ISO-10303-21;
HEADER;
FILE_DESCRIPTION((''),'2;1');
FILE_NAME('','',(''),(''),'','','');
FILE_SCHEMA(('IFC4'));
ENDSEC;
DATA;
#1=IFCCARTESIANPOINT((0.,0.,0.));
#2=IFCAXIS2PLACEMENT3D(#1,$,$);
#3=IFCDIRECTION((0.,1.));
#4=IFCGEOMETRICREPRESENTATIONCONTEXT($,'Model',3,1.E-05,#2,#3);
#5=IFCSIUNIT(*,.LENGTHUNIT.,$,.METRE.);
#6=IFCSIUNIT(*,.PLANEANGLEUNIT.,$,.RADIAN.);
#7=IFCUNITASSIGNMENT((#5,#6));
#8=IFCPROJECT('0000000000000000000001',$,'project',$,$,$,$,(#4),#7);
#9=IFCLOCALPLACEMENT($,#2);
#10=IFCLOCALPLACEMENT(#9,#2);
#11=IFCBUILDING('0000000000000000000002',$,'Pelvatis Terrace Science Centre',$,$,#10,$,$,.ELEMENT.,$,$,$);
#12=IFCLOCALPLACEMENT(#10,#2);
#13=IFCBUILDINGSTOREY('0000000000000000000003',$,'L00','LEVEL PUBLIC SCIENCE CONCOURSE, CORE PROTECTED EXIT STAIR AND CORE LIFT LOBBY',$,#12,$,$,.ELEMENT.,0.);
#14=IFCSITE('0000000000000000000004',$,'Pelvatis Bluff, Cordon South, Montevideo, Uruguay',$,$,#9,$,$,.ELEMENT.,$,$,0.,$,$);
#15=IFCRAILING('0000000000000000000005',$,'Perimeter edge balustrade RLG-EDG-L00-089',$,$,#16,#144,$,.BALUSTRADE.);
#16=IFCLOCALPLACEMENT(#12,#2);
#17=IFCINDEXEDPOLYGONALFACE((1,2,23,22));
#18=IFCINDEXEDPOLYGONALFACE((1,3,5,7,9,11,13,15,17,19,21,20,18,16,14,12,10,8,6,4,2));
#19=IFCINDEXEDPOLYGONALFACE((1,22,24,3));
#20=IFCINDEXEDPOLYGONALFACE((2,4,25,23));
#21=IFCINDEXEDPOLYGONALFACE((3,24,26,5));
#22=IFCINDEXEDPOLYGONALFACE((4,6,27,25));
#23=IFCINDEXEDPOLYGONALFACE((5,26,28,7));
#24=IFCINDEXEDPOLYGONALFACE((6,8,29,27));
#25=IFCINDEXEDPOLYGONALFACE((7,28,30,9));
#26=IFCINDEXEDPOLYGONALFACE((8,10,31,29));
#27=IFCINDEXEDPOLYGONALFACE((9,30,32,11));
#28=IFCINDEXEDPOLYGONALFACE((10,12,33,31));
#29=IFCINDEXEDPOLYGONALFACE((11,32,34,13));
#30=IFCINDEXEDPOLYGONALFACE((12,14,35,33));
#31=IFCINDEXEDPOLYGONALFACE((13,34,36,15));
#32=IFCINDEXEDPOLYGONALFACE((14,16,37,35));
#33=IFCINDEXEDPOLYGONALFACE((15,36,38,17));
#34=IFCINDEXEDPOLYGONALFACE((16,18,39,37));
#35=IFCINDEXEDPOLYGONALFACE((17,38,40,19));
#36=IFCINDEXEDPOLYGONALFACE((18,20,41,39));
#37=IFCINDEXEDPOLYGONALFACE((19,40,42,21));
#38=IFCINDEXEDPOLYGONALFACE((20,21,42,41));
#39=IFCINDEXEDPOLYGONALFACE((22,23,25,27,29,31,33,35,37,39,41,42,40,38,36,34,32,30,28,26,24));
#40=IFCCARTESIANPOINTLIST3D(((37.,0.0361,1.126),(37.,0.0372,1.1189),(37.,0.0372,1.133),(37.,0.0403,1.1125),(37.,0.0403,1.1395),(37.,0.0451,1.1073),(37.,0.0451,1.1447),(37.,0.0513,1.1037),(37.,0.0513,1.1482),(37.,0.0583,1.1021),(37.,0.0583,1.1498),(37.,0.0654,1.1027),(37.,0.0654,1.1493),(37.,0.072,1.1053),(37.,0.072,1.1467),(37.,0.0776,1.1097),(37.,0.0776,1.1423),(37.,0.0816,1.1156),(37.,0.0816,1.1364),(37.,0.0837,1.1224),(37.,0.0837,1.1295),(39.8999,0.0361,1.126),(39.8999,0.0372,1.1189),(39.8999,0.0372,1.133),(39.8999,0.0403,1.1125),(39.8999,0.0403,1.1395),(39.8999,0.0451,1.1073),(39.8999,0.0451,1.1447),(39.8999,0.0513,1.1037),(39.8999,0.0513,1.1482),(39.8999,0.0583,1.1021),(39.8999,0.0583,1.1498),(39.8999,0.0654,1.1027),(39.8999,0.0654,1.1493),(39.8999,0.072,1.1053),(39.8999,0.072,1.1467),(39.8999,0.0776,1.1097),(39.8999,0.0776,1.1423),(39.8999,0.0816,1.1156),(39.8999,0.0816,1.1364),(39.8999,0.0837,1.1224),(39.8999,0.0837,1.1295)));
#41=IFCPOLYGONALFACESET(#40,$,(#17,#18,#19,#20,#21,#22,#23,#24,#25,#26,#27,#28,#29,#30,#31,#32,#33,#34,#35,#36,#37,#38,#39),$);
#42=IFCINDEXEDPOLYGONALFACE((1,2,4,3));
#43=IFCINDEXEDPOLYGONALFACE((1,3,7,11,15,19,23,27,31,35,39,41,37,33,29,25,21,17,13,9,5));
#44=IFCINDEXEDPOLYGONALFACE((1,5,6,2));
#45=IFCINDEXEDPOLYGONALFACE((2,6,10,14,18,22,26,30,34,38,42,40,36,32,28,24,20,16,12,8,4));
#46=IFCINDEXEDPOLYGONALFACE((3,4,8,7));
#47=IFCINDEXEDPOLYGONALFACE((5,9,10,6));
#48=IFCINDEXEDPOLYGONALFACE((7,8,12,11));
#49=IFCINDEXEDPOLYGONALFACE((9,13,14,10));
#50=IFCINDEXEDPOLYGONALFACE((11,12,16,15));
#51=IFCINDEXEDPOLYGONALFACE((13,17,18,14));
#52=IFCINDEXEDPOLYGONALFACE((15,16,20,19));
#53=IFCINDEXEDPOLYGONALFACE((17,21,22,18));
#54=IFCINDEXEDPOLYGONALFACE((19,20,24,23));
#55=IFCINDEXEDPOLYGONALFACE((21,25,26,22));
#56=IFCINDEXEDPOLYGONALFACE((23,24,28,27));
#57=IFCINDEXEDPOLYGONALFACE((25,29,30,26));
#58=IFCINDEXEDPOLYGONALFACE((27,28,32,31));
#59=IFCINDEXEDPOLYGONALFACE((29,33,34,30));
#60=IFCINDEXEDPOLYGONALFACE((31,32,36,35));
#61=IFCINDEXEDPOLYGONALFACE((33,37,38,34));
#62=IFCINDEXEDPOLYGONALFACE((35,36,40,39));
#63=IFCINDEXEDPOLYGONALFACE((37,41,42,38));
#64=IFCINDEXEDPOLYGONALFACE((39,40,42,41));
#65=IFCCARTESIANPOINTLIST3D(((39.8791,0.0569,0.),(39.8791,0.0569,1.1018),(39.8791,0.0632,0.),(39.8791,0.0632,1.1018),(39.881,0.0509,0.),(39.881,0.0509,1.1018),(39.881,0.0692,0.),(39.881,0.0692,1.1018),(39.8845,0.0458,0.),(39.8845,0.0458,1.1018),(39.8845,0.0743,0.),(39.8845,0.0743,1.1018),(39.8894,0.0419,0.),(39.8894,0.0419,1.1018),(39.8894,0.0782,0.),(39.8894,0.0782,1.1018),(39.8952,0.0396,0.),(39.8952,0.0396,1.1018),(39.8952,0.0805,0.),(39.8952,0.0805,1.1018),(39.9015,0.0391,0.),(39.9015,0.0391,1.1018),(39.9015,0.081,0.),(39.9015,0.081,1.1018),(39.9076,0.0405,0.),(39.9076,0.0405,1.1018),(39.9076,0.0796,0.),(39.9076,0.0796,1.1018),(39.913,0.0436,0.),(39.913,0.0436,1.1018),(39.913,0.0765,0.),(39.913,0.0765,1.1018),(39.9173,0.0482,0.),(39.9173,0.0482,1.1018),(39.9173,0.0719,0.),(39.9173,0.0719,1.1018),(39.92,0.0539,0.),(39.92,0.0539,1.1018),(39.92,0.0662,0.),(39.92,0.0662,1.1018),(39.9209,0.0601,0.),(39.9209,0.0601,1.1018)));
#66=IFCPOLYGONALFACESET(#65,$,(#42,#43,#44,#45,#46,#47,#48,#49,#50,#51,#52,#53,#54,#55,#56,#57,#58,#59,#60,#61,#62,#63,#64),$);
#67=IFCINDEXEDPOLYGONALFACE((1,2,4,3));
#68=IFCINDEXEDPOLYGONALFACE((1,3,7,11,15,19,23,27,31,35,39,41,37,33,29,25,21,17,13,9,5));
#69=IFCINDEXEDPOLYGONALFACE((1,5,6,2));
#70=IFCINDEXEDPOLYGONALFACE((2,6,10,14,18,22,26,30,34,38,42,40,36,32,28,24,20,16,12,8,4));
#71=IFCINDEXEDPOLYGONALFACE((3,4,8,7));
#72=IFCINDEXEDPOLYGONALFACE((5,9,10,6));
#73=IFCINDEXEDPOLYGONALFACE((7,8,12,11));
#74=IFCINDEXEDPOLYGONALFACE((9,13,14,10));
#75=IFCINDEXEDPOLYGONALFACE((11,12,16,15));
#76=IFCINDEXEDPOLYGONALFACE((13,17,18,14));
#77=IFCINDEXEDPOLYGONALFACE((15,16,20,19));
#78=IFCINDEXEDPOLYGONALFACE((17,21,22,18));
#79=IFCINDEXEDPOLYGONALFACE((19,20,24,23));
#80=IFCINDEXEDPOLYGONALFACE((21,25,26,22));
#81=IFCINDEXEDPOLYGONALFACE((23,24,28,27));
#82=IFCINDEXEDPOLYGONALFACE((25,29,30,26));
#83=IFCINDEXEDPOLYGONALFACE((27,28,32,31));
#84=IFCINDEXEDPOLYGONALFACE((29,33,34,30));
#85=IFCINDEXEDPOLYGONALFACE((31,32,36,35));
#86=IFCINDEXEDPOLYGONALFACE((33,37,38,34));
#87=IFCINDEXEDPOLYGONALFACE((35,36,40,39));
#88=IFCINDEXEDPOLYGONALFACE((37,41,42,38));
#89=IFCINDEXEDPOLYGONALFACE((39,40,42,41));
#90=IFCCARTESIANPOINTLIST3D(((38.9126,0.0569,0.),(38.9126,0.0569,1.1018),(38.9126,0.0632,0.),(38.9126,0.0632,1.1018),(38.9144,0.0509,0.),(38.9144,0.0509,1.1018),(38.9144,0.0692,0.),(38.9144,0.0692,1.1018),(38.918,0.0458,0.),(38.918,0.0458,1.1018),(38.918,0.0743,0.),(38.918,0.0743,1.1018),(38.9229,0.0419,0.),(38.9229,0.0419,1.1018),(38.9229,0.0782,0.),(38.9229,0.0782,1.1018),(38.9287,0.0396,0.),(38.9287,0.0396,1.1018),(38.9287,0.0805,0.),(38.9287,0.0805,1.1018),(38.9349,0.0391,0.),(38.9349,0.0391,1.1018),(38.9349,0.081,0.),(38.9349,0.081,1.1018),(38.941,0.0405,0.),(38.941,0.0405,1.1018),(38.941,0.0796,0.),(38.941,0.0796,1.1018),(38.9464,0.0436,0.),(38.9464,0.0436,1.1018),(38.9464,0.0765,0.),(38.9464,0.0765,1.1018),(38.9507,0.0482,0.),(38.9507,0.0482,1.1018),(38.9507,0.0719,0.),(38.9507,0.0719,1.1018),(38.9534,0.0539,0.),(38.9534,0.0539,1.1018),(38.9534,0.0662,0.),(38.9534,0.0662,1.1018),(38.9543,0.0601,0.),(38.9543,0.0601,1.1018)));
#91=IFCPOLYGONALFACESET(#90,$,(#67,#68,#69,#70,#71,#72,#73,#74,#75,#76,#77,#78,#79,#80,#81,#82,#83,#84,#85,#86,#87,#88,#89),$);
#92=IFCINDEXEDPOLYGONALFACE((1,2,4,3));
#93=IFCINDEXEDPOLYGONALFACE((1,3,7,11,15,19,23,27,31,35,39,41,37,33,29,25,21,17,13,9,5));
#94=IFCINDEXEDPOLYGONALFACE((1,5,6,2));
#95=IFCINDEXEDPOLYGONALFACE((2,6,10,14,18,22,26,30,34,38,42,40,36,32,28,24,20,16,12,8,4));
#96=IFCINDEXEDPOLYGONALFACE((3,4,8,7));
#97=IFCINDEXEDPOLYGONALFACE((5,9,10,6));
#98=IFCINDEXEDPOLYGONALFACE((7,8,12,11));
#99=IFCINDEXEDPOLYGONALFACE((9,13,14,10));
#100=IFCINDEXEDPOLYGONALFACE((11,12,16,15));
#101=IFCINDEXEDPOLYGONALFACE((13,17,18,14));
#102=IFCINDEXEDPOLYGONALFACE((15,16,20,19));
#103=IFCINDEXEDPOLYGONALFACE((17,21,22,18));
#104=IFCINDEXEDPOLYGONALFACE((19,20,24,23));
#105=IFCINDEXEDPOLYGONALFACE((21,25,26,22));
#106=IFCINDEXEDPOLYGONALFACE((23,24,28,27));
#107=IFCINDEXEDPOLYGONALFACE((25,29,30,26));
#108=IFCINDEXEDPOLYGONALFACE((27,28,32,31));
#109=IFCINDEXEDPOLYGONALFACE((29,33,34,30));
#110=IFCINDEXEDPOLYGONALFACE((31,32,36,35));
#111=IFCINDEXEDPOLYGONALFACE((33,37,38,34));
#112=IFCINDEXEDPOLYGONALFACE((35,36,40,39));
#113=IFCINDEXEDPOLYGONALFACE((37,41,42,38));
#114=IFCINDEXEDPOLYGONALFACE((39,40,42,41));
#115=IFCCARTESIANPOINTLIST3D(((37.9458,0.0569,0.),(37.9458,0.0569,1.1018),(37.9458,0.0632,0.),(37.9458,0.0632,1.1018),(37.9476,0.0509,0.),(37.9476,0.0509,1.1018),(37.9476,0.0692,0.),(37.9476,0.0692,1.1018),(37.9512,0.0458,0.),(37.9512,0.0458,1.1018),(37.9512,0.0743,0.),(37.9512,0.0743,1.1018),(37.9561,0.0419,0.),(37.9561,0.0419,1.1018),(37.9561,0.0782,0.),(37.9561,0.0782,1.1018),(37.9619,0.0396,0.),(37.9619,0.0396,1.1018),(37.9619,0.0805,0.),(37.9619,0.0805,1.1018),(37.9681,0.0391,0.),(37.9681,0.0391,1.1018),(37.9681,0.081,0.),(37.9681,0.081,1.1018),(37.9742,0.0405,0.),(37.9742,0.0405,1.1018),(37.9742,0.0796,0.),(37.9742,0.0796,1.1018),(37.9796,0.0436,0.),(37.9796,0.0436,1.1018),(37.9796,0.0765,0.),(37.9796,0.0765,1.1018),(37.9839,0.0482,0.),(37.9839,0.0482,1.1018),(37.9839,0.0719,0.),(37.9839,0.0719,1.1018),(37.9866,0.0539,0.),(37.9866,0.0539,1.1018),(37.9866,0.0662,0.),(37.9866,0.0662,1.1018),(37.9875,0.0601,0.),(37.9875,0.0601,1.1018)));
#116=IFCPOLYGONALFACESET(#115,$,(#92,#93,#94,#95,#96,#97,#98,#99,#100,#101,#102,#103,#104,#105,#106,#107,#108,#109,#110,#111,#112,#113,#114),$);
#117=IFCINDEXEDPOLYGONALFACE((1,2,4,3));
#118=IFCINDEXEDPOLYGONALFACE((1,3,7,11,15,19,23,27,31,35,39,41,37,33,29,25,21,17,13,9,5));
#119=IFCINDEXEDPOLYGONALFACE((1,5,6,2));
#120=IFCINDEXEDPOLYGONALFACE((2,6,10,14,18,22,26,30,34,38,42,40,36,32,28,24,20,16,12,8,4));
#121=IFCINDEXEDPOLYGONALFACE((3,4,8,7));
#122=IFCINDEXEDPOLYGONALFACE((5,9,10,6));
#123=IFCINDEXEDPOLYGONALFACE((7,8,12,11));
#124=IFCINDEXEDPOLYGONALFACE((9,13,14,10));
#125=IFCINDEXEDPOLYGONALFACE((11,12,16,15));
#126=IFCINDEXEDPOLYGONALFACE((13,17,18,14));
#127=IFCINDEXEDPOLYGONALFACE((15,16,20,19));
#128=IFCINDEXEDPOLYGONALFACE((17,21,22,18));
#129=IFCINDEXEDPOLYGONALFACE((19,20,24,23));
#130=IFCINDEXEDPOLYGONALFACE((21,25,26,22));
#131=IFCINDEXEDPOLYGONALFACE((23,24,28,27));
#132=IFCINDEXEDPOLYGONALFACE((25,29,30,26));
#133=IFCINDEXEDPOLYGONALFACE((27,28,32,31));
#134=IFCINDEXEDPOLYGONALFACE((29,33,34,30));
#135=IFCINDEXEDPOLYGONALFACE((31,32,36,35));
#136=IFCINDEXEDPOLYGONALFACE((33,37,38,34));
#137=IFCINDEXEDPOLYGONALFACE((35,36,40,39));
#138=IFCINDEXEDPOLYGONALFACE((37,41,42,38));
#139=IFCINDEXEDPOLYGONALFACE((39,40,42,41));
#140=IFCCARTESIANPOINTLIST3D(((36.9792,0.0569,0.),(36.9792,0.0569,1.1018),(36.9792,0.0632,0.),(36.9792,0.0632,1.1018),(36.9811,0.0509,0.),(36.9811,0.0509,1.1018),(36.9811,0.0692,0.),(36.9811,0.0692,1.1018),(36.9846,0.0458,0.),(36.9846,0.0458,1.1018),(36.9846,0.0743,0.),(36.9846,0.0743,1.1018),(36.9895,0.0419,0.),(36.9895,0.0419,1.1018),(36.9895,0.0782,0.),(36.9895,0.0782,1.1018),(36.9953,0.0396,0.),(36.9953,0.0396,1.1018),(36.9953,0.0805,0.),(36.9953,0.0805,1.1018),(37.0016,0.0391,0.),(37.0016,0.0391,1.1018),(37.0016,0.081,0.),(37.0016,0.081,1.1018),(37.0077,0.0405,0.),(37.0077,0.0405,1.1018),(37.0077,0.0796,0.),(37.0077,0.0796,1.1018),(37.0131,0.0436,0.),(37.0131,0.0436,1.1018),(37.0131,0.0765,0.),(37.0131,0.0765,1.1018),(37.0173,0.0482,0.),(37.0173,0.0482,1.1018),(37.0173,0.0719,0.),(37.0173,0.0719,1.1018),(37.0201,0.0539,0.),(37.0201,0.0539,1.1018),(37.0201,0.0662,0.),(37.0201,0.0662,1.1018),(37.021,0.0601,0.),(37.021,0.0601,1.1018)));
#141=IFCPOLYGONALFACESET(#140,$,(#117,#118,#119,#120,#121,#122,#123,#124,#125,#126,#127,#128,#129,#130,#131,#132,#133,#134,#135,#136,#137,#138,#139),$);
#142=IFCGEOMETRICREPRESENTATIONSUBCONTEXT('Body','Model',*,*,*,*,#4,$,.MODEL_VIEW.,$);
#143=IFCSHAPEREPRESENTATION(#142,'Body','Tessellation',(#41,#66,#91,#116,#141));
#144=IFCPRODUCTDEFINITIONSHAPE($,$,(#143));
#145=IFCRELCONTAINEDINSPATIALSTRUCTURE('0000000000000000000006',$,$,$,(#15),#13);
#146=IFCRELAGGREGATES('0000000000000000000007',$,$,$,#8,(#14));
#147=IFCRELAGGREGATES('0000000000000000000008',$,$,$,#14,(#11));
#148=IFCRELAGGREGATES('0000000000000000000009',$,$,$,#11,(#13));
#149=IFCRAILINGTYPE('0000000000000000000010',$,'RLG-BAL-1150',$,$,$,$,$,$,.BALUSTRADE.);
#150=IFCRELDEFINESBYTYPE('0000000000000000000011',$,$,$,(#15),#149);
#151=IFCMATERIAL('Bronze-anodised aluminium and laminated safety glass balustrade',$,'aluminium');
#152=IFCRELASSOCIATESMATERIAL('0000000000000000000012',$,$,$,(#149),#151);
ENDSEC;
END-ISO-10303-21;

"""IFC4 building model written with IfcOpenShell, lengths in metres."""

from ifc_helpers import new_model, si_unit, direction, frame, origin, origin_2d, place, context, subcontext, project, spatial, circle, extrude, material, type_object, element, save


model = new_model("IFC4")

# Units and contexts
model_context = context("Model", 3, precision=1e-05, world=origin(), true_north=direction((0.0, 1.0)))
body_context = subcontext(model_context, "Body", "Model", "MODEL_VIEW")
ifc_project = project(units=[si_unit("LENGTHUNIT", "METRE"), si_unit("PLANEANGLEUNIT", "RADIAN")], contexts=[model_context])

# Site, building, storey
site_placement = place(None, origin())
site = spatial("IfcSite", under=ifc_project, at=site_placement, Name="Pelvatis Bluff, Cordon South, Montevideo, Uruguay", CompositionType="ELEMENT", RefElevation=0.0)
building_placement = place(site_placement, origin())
building = spatial("IfcBuilding", under=site, at=building_placement, Name="Pelvatis Terrace Science Centre", CompositionType="ELEMENT")
storey_placement = place(building_placement, origin())
storey = spatial("IfcBuildingStorey", under=building, at=storey_placement, Name="L00", Description="LEVEL PUBLIC SCIENCE CONCOURSE, CORE PROTECTED EXIT STAIR AND CORE LIFT LOBBY", CompositionType="ELEMENT", Elevation=0.0)

# Railing
ifc_material_1 = material(Name="Bronze-anodised aluminium and laminated safety glass balustrade", Category="aluminium")
railing_type = type_object("IfcRailingType", Name="RLG-BAL-1150", PredefinedType="BALUSTRADE", material=ifc_material_1)
railing_1_placement = place(storey_placement, frame((39.8999, 0.0601, 0.0)))
element("IfcRailing", 1, at=railing_1_placement, inside=storey, type_object=railing_type, Name="Perimeter edge balustrade RLG-EDG-L00-089", PredefinedType="BALUSTRADE", context=body_context, shape_type="SweptSolid", body=[
    extrude(circle(Radius=0.0239, at=origin_2d()), frame((0.0, 0.0, 1.126), z_axis=(-1.0, 0.0, 0.0), x_axis=(0.0, -1.0, 0.0)), (0.0, 0.0, 1.0), 2.8999),
    extrude(circle(Radius=0.021, at=origin_2d()), origin(), (0.0, 0.0, 1.0), 1.1018),
    extrude(circle(Radius=0.021, at=origin_2d()), frame((-0.9666, 0.0, 0.0)), (0.0, 0.0, 1.0), 1.1018),
    extrude(circle(Radius=0.021, at=origin_2d()), frame((-1.9333, 0.0, 0.0)), (0.0, 0.0, 1.0), 1.1018),
    extrude(circle(Radius=0.021, at=origin_2d()), frame((-2.8999, 0.0, 0.0)), (0.0, 0.0, 1.0), 1.1018),
])

save(model, "model.ifc")
